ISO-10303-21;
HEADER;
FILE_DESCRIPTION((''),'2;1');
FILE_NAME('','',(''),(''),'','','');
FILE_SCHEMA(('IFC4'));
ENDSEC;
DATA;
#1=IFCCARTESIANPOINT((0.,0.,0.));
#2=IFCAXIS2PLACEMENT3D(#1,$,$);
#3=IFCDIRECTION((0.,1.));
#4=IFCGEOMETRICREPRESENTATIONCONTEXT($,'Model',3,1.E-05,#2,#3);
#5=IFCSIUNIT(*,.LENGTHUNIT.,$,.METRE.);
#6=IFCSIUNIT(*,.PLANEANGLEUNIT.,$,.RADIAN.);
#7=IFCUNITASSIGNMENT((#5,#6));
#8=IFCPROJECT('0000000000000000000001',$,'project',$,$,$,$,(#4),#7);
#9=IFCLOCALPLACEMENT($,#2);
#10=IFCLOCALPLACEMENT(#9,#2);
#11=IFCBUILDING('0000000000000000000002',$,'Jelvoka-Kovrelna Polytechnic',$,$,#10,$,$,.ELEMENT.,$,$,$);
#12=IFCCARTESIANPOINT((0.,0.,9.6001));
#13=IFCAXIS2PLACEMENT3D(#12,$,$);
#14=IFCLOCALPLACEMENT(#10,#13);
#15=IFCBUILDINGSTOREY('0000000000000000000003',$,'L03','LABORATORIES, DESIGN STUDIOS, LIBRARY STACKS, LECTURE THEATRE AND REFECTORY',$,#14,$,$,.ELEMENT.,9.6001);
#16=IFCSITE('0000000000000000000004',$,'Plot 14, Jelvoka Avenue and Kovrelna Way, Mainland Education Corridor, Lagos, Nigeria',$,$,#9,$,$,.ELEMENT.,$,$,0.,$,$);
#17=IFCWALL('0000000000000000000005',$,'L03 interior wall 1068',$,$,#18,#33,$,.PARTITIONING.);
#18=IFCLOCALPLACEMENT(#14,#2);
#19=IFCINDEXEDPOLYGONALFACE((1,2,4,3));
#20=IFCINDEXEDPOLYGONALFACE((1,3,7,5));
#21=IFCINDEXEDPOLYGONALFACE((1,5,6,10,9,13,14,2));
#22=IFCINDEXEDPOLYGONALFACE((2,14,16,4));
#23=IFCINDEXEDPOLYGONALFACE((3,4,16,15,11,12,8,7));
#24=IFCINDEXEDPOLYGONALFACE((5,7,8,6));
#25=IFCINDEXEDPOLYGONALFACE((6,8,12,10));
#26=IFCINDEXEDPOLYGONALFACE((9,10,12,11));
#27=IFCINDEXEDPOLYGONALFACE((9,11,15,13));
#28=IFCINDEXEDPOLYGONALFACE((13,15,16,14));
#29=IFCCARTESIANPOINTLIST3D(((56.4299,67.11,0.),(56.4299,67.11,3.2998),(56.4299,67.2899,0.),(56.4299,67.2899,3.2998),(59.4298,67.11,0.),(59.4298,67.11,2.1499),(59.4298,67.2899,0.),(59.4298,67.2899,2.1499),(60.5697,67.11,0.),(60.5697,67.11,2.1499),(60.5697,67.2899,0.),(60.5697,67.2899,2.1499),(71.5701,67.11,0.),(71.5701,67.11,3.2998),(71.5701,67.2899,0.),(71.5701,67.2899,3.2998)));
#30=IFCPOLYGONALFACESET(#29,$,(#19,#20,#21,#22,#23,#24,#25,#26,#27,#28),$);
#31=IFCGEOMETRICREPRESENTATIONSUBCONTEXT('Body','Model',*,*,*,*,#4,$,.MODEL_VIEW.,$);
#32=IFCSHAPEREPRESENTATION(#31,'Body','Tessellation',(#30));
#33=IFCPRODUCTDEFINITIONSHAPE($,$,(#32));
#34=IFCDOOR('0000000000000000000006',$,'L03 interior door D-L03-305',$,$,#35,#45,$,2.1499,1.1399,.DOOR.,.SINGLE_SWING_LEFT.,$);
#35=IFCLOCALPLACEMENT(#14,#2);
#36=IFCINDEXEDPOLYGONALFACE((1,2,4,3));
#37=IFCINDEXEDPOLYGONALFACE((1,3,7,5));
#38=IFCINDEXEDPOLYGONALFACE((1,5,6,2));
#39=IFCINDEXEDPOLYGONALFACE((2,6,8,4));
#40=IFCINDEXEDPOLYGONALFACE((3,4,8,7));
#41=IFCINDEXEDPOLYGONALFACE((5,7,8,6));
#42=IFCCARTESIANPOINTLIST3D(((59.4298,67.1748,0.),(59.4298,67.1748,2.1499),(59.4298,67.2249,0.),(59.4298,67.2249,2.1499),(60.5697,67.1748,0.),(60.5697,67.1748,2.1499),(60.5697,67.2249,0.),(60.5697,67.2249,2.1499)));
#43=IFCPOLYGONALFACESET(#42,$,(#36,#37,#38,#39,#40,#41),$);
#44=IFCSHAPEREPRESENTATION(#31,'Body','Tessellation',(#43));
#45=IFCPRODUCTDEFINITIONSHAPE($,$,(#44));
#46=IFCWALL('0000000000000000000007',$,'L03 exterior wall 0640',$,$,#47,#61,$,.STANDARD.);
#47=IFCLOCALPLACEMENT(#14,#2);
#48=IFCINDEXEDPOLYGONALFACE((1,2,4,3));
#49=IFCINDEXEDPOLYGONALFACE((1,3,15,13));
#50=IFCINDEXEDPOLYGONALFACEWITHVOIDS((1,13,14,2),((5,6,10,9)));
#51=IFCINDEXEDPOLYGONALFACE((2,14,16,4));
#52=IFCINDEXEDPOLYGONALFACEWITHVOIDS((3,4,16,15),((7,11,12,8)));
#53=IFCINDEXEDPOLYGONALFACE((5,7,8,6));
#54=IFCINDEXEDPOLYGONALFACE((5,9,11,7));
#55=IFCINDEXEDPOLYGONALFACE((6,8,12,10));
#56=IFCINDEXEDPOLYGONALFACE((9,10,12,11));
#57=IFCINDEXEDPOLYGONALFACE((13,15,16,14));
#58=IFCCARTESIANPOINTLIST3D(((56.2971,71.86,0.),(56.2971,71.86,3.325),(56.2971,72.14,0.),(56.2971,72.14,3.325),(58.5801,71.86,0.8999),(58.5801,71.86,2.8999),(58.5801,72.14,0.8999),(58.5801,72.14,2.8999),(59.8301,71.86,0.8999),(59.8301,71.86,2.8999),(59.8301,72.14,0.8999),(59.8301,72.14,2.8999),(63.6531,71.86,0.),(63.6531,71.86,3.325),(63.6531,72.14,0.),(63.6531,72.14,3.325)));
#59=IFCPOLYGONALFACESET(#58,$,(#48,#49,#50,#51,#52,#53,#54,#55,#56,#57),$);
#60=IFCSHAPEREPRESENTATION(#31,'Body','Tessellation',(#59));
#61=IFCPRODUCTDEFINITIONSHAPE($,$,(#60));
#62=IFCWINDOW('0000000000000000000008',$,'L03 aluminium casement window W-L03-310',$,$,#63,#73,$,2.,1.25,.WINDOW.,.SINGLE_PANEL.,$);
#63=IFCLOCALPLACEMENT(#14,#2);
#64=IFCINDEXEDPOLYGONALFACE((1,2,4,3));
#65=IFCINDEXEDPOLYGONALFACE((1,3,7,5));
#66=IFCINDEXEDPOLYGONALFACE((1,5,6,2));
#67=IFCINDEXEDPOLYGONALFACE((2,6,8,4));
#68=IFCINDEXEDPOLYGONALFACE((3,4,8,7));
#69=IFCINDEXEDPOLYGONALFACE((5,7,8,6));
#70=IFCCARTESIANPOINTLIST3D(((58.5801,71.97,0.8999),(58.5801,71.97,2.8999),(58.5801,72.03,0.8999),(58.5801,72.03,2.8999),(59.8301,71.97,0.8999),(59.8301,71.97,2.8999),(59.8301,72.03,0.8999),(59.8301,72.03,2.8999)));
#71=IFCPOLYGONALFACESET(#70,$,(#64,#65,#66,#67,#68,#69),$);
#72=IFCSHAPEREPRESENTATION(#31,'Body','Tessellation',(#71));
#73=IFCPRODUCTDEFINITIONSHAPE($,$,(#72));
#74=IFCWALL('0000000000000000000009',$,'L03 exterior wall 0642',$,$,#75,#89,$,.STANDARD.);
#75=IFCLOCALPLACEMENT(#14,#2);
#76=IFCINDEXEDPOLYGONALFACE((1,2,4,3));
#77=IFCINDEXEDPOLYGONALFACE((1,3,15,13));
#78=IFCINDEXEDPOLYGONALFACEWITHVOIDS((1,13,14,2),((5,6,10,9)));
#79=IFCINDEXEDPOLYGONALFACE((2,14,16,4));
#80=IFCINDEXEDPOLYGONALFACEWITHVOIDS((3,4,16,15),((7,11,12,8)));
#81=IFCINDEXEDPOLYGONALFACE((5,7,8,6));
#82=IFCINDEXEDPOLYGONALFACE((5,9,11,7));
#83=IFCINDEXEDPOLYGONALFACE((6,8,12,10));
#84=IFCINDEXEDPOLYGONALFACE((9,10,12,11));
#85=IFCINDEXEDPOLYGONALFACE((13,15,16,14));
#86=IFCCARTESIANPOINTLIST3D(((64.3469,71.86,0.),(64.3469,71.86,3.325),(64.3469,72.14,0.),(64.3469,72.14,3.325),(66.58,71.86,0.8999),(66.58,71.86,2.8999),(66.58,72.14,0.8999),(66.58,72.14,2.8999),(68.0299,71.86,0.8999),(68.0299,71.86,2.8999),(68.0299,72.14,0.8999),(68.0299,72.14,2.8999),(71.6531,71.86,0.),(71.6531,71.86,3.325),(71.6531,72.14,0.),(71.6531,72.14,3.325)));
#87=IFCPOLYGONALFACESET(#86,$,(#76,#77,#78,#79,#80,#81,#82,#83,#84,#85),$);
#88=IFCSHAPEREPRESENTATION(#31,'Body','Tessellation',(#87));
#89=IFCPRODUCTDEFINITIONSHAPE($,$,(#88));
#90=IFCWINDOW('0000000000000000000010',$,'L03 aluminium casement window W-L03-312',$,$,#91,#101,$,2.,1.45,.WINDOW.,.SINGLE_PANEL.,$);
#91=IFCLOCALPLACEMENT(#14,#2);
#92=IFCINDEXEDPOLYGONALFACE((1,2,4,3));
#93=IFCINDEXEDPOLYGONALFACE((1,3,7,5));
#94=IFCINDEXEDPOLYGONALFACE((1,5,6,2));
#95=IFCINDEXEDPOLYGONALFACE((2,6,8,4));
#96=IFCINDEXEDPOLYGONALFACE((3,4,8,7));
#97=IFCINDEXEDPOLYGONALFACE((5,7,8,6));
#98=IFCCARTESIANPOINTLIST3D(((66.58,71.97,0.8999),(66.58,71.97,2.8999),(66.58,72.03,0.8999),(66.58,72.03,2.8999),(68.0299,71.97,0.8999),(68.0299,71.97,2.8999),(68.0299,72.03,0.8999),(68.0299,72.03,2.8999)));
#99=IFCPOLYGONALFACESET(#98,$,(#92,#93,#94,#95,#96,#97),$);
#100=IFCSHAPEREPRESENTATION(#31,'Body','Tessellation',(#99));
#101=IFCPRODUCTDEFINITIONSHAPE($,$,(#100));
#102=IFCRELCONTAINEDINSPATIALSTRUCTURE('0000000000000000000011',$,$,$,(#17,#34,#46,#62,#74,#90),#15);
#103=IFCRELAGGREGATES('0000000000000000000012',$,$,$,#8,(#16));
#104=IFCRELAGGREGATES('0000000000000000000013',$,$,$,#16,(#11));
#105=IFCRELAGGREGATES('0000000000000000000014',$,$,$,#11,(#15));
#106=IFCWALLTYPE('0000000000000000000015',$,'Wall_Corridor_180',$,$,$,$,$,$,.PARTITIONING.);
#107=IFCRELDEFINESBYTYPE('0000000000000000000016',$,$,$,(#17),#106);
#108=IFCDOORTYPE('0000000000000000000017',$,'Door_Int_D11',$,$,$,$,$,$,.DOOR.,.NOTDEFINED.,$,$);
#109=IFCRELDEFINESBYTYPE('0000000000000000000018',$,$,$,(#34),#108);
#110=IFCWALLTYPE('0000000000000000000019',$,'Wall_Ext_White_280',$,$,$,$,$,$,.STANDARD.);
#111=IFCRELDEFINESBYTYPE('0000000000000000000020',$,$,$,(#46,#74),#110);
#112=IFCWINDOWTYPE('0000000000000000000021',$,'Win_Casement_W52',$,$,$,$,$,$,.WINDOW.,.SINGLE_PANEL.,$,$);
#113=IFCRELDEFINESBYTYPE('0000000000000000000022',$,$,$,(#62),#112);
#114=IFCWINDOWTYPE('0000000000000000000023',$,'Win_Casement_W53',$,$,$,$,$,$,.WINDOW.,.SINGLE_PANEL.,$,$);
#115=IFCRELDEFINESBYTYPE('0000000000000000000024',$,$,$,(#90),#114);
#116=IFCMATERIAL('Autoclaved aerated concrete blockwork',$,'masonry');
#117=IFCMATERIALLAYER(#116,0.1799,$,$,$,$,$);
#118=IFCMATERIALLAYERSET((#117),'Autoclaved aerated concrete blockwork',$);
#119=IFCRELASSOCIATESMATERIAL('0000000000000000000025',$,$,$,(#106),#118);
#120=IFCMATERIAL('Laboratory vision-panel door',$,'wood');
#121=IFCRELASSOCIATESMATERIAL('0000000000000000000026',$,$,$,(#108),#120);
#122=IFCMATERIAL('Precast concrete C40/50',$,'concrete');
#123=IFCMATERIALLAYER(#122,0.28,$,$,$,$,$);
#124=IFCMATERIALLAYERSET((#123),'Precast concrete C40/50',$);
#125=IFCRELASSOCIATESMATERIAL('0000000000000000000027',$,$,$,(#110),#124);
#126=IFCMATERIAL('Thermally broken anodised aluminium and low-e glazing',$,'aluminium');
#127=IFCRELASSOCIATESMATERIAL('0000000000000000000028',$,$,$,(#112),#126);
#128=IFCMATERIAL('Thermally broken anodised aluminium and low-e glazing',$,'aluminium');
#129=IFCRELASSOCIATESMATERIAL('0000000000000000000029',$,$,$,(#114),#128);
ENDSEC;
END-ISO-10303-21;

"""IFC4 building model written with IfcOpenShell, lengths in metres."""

from ifc_helpers import new_model, si_unit, direction, frame, frame_2d, origin, place, context, subcontext, project, spatial, rectangle, extrude, material, layer, layer_set, type_object, element, fill, save


model = new_model("IFC4")

# Units and contexts
model_context = context("Model", 3, precision=1e-05, world=origin(), true_north=direction((0.0, 1.0)))
body_context = subcontext(model_context, "Body", "Model", "MODEL_VIEW")
ifc_project = project(units=[si_unit("LENGTHUNIT", "METRE"), si_unit("PLANEANGLEUNIT", "RADIAN")], contexts=[model_context])

# Site, building, storey
site_placement = place(None, origin())
site = spatial("IfcSite", under=ifc_project, at=site_placement, Name="Plot 14, Jelvoka Avenue and Kovrelna Way, Mainland Education Corridor, Lagos, Nigeria", CompositionType="ELEMENT", RefElevation=0.0)
building_placement = place(site_placement, origin())
building = spatial("IfcBuilding", under=site, at=building_placement, Name="Jelvoka-Kovrelna Polytechnic", CompositionType="ELEMENT")
storey_placement = place(building_placement, frame((0.0, 0.0, 9.6001)))
storey = spatial("IfcBuildingStorey", under=building, at=storey_placement, Name="L03", Description="LABORATORIES, DESIGN STUDIOS, LIBRARY STACKS, LECTURE THEATRE AND REFECTORY", CompositionType="ELEMENT", Elevation=9.6001)

# Wall, opening, door
ifc_material_1 = material(Name="Autoclaved aerated concrete blockwork", Category="masonry")
ifc_layer_1 = layer(ifc_material_1, 0.1799)
ifc_layer_set_1 = layer_set([ifc_layer_1], Name="Autoclaved aerated concrete blockwork")
wall_type_1 = type_object("IfcWallType", Name="Wall_Corridor_180", PredefinedType="PARTITIONING", material=ifc_layer_set_1)
wall_1_placement = place(storey_placement, frame((56.4299, 67.2, 0.0), z_axis=(0.0, 0.0, 1.0), x_axis=(1.0, 0.0, 0.0)))
wall_1 = element("IfcWall", 1, at=wall_1_placement, inside=storey, type_object=wall_type_1, Name="L03 interior wall 1068", PredefinedType="PARTITIONING", context=body_context, shape_type="SweptSolid", body=[
    extrude(rectangle(XDim=15.1401, YDim=0.1799, at=frame_2d((7.5701, 0.0))), origin(), (0.0, 0.0, 1.0), 3.2998),
])
opening_1_placement = place(wall_1_placement, frame((3.0, 0.0, 0.0)))
opening_1 = element("IfcOpeningElement", 2, at=opening_1_placement, cuts=wall_1, PredefinedType="OPENING", context=body_context, shape_type="SweptSolid", body=[
    extrude(rectangle(XDim=1.1399, YDim=2.1499, at=frame_2d((0.5698, 1.075))), frame((0.0, 0.0999, 0.0), z_axis=(0.0, -1.0, 0.0), x_axis=(1.0, 0.0, 0.0)), (0.0, 0.0, 1.0), 0.2),
])
ifc_material_2 = material(Name="Laboratory vision-panel door", Category="wood")
door_type = type_object("IfcDoorType", Name="Door_Int_D11", OperationType="NOTDEFINED", PredefinedType="DOOR", material=ifc_material_2)
door_placement = place(opening_1_placement, origin())
door = element("IfcDoor", 3, at=door_placement, inside=storey, type_object=door_type, Name="L03 interior door D-L03-305", OperationType="SINGLE_SWING_LEFT", OverallHeight=2.1499, OverallWidth=1.1399, PredefinedType="DOOR", context=body_context, shape_type="SweptSolid", body=[
    extrude(rectangle(XDim=1.1399, YDim=2.1499, at=frame_2d((0.5698, 1.075))), frame((0.0, 0.0249, 0.0), z_axis=(0.0, -1.0, 0.0), x_axis=(1.0, 0.0, 0.0)), (0.0, 0.0, 1.0), 0.05),
])
fill(opening_1, door)

# Walls, openings, windows
ifc_material_3 = material(Name="Precast concrete C40/50", Category="concrete")
ifc_layer_2 = layer(ifc_material_3, 0.28)
ifc_layer_set_2 = layer_set([ifc_layer_2], Name="Precast concrete C40/50")
wall_type_2 = type_object("IfcWallType", Name="Wall_Ext_White_280", PredefinedType="STANDARD", material=ifc_layer_set_2)
wall_2_placement = place(storey_placement, frame((56.2971, 72.0, 0.0), z_axis=(0.0, 0.0, 1.0), x_axis=(1.0, 0.0, 0.0)))
wall_2 = element("IfcWall", 4, at=wall_2_placement, inside=storey, type_object=wall_type_2, Name="L03 exterior wall 0640", PredefinedType="STANDARD", context=body_context, shape_type="SweptSolid", body=[
    extrude(rectangle(XDim=7.356, YDim=0.28, at=frame_2d((3.678, 0.0))), origin(), (0.0, 0.0, 1.0), 3.325),
])
opening_2_placement = place(wall_2_placement, frame((2.283, 0.0, 0.8999)))
opening_2 = element("IfcOpeningElement", 5, at=opening_2_placement, cuts=wall_2, PredefinedType="OPENING", context=body_context, shape_type="SweptSolid", body=[
    extrude(rectangle(XDim=1.25, YDim=2.0, at=frame_2d((0.625, 1.0))), frame((0.0, 0.1501, 0.0), z_axis=(0.0, -1.0, 0.0), x_axis=(1.0, 0.0, 0.0)), (0.0, 0.0, 1.0), 0.3),
])
ifc_material_4 = material(Name="Thermally broken anodised aluminium and low-e glazing", Category="aluminium")
window_type_1 = type_object("IfcWindowType", Name="Win_Casement_W52", PartitioningType="SINGLE_PANEL", PredefinedType="WINDOW", material=ifc_material_4)
window_1_placement = place(opening_2_placement, origin())
window_1 = element("IfcWindow", 6, at=window_1_placement, inside=storey, type_object=window_type_1, Name="L03 aluminium casement window W-L03-310", OverallHeight=2.0, OverallWidth=1.25, PartitioningType="SINGLE_PANEL", PredefinedType="WINDOW", context=body_context, shape_type="SweptSolid", body=[
    extrude(rectangle(XDim=1.25, YDim=2.0, at=frame_2d((0.625, 1.0))), frame((0.0, 0.03, 0.0), z_axis=(0.0, -1.0, 0.0), x_axis=(1.0, 0.0, 0.0)), (0.0, 0.0, 1.0), 0.0601),
])
fill(opening_2, window_1)
wall_3_placement = place(storey_placement, frame((64.3469, 72.0, 0.0), z_axis=(0.0, 0.0, 1.0), x_axis=(1.0, 0.0, 0.0)))
wall_3 = element("IfcWall", 7, at=wall_3_placement, inside=storey, type_object=wall_type_2, Name="L03 exterior wall 0642", PredefinedType="STANDARD", context=body_context, shape_type="SweptSolid", body=[
    extrude(rectangle(XDim=7.3062, YDim=0.28, at=frame_2d((3.6531, 0.0))), origin(), (0.0, 0.0, 1.0), 3.325),
])
opening_3_placement = place(wall_3_placement, frame((2.2329, 0.0, 0.8999)))
opening_3 = element("IfcOpeningElement", 8, at=opening_3_placement, cuts=wall_3, PredefinedType="OPENING", context=body_context, shape_type="SweptSolid", body=[
    extrude(rectangle(XDim=1.45, YDim=2.0, at=frame_2d((0.7251, 1.0))), frame((0.0, 0.1501, 0.0), z_axis=(0.0, -1.0, 0.0), x_axis=(1.0, 0.0, 0.0)), (0.0, 0.0, 1.0), 0.3),
])
ifc_material_5 = material(Name="Thermally broken anodised aluminium and low-e glazing", Category="aluminium")
window_type_2 = type_object("IfcWindowType", Name="Win_Casement_W53", PartitioningType="SINGLE_PANEL", PredefinedType="WINDOW", material=ifc_material_5)
window_2_placement = place(opening_3_placement, origin())
window_2 = element("IfcWindow", 9, at=window_2_placement, inside=storey, type_object=window_type_2, Name="L03 aluminium casement window W-L03-312", OverallHeight=2.0, OverallWidth=1.45, PartitioningType="SINGLE_PANEL", PredefinedType="WINDOW", context=body_context, shape_type="SweptSolid", body=[
    extrude(rectangle(XDim=1.45, YDim=2.0, at=frame_2d((0.7251, 1.0))), frame((0.0, 0.03, 0.0), z_axis=(0.0, -1.0, 0.0), x_axis=(1.0, 0.0, 0.0)), (0.0, 0.0, 1.0), 0.0601),
])
fill(opening_3, window_2)

save(model, "model.ifc")
